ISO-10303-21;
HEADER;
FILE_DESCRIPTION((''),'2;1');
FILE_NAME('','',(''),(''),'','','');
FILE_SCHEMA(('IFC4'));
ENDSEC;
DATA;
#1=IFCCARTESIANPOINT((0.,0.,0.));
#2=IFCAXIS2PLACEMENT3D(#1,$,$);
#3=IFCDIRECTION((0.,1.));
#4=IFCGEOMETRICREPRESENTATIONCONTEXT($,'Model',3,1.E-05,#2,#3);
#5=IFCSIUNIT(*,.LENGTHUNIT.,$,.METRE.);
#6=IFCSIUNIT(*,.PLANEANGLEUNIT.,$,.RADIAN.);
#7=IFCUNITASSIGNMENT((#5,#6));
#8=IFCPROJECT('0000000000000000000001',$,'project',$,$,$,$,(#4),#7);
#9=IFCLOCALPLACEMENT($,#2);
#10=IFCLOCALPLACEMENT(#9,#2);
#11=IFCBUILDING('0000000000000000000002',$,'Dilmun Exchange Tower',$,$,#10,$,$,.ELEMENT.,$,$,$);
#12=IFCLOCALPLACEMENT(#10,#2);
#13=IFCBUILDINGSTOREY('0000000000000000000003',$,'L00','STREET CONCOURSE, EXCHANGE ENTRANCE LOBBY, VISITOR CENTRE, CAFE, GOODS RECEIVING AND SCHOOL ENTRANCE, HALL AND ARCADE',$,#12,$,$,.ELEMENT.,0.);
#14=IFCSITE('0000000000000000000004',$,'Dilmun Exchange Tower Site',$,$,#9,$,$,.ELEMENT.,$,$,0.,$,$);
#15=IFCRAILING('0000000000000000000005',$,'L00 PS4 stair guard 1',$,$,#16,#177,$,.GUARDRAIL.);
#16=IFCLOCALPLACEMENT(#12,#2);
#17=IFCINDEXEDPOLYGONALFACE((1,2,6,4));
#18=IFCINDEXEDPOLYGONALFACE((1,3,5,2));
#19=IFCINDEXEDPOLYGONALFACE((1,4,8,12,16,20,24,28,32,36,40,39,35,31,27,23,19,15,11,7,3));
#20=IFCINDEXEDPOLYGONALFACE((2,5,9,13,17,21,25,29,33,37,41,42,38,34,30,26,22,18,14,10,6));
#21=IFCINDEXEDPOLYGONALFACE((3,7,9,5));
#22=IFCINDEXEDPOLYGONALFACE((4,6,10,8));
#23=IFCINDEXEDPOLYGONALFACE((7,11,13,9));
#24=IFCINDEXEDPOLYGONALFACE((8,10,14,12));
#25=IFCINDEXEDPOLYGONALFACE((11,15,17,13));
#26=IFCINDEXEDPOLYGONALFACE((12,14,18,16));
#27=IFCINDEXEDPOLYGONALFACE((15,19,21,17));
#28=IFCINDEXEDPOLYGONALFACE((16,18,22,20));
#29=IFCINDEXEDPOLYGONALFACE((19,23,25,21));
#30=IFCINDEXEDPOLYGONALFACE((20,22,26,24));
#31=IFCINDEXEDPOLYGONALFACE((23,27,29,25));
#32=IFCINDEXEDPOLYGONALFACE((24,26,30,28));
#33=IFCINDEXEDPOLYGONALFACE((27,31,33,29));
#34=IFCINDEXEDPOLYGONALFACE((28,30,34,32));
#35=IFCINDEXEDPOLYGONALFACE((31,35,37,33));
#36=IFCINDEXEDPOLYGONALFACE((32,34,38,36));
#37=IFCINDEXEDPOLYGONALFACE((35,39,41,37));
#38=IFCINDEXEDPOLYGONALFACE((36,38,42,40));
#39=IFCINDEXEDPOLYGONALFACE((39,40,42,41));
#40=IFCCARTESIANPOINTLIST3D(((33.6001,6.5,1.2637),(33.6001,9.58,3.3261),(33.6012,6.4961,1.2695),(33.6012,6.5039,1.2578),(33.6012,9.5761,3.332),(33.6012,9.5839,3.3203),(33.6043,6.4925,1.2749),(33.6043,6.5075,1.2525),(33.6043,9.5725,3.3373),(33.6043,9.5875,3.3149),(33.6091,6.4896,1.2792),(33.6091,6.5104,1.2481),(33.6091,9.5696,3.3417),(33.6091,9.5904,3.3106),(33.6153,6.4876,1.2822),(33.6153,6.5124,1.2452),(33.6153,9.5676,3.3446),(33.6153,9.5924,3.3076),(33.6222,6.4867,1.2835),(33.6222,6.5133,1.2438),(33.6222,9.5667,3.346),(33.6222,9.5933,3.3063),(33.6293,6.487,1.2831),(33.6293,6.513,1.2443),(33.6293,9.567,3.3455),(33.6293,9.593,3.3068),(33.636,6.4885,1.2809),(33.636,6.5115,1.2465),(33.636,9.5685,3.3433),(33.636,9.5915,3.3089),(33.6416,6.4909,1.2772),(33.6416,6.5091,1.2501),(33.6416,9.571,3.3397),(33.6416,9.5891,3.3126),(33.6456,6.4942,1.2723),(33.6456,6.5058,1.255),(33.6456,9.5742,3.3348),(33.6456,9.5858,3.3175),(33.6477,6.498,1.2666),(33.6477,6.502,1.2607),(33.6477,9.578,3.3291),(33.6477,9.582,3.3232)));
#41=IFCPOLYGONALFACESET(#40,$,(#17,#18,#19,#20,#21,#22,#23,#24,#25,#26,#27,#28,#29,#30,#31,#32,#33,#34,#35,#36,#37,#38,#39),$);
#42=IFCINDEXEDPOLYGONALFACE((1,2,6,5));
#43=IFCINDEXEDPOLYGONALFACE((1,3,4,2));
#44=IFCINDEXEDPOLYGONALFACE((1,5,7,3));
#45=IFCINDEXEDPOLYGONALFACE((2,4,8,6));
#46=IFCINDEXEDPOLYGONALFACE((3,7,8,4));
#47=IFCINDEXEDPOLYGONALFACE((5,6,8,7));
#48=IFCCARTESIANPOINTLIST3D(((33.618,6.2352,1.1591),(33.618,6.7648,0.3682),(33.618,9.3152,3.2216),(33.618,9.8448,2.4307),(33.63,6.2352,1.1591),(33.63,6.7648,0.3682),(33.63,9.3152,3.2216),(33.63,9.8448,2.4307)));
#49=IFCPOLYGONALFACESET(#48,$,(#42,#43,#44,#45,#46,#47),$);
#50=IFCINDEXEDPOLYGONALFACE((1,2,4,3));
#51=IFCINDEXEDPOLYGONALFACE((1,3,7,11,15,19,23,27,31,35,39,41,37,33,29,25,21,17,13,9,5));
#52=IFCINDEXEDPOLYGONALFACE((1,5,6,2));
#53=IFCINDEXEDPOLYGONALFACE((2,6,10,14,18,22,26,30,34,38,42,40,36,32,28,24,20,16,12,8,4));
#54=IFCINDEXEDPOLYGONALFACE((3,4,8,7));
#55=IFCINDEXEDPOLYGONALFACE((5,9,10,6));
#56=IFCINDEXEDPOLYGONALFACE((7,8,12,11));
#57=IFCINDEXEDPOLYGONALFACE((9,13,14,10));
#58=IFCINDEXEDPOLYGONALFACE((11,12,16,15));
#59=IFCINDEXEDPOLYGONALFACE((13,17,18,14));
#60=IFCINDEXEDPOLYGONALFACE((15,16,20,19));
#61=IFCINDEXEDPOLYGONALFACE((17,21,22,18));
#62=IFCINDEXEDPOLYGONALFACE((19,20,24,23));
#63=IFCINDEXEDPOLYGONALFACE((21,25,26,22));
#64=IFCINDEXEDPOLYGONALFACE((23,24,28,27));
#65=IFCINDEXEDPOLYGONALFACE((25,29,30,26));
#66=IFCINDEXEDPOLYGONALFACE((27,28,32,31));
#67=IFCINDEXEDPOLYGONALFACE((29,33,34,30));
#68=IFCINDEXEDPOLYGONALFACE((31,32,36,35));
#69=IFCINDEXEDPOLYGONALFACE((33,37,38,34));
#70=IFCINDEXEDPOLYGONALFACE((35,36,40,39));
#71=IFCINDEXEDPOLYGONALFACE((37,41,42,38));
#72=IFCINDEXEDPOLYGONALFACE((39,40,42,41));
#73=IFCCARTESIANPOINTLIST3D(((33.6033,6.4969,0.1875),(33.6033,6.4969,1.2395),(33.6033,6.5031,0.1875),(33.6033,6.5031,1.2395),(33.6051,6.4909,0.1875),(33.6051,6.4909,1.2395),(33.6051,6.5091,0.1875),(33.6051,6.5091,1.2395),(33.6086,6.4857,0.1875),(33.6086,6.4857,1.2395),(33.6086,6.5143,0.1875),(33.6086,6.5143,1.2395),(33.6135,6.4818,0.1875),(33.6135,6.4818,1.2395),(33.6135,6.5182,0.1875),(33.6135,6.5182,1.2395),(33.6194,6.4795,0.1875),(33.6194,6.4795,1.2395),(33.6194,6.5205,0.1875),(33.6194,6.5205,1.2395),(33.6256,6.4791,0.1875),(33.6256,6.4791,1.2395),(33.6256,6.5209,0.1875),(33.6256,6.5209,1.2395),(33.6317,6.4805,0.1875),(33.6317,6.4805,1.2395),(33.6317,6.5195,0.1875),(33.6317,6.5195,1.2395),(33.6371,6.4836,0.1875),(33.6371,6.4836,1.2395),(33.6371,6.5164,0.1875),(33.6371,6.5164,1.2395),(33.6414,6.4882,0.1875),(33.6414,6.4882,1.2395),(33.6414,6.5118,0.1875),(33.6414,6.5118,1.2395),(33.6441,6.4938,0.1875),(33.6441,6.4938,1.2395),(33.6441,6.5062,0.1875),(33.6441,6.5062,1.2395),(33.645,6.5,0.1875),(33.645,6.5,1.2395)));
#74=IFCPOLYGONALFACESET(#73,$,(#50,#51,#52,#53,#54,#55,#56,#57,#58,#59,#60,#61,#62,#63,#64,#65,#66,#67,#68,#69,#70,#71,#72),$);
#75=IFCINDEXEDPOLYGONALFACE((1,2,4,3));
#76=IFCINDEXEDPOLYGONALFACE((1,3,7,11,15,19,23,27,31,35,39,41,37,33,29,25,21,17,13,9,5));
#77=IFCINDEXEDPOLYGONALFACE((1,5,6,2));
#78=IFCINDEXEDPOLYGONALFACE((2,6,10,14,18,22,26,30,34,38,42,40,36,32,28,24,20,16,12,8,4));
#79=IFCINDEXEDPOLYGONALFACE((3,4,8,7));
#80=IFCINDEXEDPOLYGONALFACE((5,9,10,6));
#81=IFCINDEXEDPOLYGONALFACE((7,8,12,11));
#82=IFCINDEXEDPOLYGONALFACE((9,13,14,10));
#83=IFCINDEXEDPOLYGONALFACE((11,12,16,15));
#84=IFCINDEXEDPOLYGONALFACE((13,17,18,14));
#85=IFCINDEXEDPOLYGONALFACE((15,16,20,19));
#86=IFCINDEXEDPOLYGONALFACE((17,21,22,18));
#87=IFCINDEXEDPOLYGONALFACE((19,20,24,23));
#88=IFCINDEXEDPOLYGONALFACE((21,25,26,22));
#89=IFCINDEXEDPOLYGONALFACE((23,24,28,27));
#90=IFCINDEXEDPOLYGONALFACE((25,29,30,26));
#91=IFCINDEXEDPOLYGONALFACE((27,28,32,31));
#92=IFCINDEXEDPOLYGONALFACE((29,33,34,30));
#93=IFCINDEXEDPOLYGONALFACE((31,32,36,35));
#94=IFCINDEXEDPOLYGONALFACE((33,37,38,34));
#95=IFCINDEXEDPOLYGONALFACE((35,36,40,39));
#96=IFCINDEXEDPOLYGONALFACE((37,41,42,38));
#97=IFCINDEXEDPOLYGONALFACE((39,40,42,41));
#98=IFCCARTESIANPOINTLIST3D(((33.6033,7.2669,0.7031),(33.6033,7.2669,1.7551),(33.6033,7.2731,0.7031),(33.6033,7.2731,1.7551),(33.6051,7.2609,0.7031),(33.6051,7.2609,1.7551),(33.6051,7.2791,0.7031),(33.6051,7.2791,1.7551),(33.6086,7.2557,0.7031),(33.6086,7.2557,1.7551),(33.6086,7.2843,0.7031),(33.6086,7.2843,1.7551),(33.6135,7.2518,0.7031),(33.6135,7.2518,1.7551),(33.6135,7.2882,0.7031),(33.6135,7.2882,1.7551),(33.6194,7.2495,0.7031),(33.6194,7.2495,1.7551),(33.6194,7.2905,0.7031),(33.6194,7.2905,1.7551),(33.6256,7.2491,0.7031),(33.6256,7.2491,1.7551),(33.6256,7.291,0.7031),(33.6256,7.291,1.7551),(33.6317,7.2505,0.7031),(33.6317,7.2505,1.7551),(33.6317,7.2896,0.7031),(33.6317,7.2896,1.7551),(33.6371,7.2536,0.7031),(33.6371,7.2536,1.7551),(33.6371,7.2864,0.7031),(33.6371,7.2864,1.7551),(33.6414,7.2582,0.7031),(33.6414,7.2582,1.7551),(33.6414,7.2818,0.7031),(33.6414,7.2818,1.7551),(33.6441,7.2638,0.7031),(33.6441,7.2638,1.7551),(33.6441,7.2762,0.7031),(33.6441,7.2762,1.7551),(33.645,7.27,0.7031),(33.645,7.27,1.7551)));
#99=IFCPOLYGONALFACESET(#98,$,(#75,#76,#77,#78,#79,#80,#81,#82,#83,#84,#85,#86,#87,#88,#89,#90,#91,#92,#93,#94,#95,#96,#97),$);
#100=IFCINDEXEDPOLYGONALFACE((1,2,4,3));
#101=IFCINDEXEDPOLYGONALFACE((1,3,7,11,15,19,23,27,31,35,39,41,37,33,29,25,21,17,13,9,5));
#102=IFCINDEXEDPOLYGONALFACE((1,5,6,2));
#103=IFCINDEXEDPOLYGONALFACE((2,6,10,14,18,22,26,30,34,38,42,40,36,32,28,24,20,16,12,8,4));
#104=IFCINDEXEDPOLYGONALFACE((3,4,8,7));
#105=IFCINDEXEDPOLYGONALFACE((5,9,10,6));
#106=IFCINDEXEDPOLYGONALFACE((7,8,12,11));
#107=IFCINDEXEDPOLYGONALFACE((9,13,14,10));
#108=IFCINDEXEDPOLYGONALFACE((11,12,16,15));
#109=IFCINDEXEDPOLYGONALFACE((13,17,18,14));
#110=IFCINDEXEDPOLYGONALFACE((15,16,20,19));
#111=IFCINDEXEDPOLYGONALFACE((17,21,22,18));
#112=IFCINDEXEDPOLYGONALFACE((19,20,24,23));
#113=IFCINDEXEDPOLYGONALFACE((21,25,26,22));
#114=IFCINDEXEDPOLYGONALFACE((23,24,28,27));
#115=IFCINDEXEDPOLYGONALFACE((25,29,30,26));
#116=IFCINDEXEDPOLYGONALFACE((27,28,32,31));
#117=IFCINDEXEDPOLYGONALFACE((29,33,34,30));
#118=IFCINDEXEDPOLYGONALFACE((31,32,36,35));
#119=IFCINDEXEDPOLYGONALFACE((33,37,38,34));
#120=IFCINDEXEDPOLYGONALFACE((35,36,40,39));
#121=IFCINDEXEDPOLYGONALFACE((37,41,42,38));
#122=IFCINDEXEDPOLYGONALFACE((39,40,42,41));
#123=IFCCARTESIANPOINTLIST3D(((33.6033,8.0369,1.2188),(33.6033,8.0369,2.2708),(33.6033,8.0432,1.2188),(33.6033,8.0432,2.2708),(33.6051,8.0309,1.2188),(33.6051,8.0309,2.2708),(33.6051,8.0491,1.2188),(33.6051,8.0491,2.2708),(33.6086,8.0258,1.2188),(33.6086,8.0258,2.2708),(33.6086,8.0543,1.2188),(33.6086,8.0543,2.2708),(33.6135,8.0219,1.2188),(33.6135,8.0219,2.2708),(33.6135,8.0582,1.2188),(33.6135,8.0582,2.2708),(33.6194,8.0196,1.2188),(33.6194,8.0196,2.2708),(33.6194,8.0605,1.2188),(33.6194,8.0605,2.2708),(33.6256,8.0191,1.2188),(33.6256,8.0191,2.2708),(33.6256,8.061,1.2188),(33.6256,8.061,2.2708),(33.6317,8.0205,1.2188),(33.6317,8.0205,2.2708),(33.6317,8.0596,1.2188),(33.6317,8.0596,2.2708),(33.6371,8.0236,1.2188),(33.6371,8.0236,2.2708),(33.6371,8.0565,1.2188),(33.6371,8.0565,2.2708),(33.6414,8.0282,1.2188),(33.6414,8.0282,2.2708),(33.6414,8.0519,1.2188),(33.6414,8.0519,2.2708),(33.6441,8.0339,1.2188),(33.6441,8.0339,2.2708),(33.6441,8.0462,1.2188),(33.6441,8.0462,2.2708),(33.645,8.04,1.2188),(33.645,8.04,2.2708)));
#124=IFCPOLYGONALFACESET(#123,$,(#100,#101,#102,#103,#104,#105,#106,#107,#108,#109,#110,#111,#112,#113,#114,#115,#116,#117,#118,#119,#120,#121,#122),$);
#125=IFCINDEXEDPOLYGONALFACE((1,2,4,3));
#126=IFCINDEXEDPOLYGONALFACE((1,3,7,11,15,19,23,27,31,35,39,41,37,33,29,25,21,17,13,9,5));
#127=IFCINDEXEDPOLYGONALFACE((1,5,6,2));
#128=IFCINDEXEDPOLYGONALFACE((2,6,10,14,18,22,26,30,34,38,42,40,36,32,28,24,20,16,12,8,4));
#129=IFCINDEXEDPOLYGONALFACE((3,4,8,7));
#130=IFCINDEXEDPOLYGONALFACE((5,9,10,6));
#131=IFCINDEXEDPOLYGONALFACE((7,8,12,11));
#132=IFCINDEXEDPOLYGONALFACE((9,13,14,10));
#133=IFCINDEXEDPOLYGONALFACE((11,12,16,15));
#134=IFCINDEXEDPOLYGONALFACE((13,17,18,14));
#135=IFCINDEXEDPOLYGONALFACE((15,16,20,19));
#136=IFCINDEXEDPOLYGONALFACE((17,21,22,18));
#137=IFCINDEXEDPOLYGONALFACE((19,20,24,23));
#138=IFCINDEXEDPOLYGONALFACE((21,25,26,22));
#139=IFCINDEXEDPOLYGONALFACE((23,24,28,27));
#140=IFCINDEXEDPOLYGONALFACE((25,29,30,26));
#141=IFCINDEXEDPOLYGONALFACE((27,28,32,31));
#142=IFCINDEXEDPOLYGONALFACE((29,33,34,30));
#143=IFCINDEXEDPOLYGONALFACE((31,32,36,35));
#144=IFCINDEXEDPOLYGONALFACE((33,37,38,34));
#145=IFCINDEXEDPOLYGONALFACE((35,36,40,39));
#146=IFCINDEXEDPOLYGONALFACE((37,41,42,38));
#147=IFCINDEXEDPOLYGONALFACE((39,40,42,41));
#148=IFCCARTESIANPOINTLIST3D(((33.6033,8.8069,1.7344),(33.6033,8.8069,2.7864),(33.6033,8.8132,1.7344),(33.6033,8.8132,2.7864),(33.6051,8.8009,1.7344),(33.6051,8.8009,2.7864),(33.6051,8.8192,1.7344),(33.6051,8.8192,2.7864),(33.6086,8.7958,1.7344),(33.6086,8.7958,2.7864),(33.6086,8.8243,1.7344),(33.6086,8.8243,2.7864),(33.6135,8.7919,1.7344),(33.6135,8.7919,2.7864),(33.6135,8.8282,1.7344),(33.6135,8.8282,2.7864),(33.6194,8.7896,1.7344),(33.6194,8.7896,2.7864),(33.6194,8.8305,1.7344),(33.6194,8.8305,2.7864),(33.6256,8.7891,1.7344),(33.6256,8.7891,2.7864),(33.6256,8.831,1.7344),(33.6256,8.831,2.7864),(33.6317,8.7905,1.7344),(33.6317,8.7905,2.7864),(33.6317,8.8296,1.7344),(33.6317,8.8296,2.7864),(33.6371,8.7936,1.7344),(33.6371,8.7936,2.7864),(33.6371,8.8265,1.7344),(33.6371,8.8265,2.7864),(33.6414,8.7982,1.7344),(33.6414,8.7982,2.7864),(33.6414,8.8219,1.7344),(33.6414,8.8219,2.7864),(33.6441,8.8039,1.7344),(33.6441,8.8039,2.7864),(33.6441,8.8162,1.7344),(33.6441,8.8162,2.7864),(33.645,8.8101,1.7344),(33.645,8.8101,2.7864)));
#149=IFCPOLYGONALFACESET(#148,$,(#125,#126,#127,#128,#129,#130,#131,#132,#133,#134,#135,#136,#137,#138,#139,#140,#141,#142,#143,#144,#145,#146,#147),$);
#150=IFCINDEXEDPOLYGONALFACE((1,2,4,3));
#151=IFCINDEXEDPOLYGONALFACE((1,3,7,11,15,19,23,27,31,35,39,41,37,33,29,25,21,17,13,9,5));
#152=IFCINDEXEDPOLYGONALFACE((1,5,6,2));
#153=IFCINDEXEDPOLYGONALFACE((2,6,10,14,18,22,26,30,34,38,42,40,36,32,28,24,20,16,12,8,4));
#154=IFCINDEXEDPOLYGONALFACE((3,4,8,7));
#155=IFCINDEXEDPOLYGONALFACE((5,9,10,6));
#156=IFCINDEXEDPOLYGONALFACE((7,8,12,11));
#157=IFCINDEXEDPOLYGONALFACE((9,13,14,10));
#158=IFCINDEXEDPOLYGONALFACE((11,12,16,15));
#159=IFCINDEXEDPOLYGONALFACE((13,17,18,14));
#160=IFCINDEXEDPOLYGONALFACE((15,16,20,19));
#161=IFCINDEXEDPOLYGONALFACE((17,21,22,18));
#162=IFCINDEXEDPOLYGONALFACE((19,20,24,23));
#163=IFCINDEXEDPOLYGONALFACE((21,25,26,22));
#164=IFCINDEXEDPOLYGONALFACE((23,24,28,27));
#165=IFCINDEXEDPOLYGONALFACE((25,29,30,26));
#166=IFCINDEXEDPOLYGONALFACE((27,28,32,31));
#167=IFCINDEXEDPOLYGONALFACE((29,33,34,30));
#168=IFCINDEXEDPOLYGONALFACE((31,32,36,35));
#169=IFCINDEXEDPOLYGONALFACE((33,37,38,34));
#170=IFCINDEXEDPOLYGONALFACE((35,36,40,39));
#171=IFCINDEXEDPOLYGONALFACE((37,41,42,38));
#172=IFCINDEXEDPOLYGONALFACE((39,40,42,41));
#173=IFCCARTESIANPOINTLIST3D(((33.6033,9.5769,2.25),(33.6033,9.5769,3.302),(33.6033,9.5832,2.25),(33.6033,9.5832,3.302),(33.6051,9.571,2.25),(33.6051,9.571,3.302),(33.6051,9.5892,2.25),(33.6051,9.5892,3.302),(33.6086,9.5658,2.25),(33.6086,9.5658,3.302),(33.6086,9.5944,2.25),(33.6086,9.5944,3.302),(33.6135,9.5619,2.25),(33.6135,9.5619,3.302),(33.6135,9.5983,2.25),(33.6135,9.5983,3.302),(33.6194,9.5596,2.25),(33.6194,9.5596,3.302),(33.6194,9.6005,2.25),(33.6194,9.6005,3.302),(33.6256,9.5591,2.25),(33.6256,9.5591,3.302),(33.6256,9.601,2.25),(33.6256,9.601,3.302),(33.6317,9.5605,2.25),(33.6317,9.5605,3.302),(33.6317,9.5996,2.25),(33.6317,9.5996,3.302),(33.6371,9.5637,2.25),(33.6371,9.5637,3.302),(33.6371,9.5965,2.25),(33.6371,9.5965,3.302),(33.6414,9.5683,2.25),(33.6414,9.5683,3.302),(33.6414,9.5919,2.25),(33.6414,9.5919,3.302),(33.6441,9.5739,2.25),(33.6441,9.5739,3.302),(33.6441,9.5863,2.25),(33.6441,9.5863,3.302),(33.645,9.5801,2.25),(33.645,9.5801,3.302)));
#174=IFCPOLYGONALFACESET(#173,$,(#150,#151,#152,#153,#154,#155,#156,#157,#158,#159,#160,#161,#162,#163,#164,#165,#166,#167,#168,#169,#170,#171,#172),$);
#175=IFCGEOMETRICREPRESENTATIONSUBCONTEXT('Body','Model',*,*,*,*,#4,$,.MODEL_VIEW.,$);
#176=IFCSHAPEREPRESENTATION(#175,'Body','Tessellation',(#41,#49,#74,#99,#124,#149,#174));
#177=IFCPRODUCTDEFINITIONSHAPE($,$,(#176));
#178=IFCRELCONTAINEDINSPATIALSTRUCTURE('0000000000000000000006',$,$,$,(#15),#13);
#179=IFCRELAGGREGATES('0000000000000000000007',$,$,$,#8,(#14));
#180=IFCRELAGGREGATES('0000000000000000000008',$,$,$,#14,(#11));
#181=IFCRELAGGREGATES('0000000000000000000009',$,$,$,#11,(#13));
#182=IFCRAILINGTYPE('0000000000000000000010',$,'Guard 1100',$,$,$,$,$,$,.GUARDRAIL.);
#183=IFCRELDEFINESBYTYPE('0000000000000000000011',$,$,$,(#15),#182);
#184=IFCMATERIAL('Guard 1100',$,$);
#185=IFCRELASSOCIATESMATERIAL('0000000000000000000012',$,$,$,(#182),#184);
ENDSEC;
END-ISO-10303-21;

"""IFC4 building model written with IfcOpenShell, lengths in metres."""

from ifc_helpers import new_model, si_unit, direction, frame, origin, origin_2d, place, context, subcontext, project, spatial, rectangle, circle, extrude, material, type_object, element, save


model = new_model("IFC4")

# Units and contexts
model_context = context("Model", 3, precision=1e-05, world=origin(), true_north=direction((0.0, 1.0)))
body_context = subcontext(model_context, "Body", "Model", "MODEL_VIEW")
ifc_project = project(units=[si_unit("LENGTHUNIT", "METRE"), si_unit("PLANEANGLEUNIT", "RADIAN")], contexts=[model_context])

# Site, building, storey
site_placement = place(None, origin())
site = spatial("IfcSite", under=ifc_project, at=site_placement, Name="Dilmun Exchange Tower Site", CompositionType="ELEMENT", RefElevation=0.0)
building_placement = place(site_placement, origin())
building = spatial("IfcBuilding", under=site, at=building_placement, Name="Dilmun Exchange Tower", CompositionType="ELEMENT")
storey_placement = place(building_placement, origin())
storey = spatial("IfcBuildingStorey", under=building, at=storey_placement, Name="L00", Description="STREET CONCOURSE, EXCHANGE ENTRANCE LOBBY, VISITOR CENTRE, CAFE, GOODS RECEIVING AND SCHOOL ENTRANCE, HALL AND ARCADE", CompositionType="ELEMENT", Elevation=0.0)

# Railing
ifc_material_1 = material(Name="Guard 1100")
railing_type_1 = type_object("IfcRailingType", Name="Guard 1100", PredefinedType="GUARDRAIL", material=ifc_material_1)
railing_1_placement = place(storey_placement, frame((33.624, 6.5, 0.1875)))
element("IfcRailing", 1, at=railing_1_placement, inside=storey, type_object=railing_type_1, Name="L00 PS4 stair guard 1", PredefinedType="GUARDRAIL", context=body_context, shape_type="SweptSolid", body=[
    extrude(circle(Radius=0.0239, at=origin_2d()), frame((0.0, 0.0, 1.0762), z_axis=(0.0, 0.830914, 0.556401), x_axis=(-1.0, 0.0, 0.0)), (0.0, 0.0, 1.0), 3.7068),
    extrude(rectangle(XDim=0.012, YDim=0.9519, at=origin_2d()), frame((0.0, 0.0, 0.5762), z_axis=(0.0, 0.830914, 0.556401), x_axis=(-1.0, 0.0, 0.0)), (0.0, 0.0, 1.0), 3.7068),
    extrude(circle(Radius=0.021, at=origin_2d()), origin(), (0.0, 0.0, 1.0), 1.052),
    extrude(circle(Radius=0.021, at=origin_2d()), frame((0.0, 0.77, 0.5156)), (0.0, 0.0, 1.0), 1.052),
    extrude(circle(Radius=0.021, at=origin_2d()), frame((0.0, 1.54, 1.0312)), (0.0, 0.0, 1.0), 1.052),
    extrude(circle(Radius=0.021, at=origin_2d()), frame((0.0, 2.3101, 1.5469)), (0.0, 0.0, 1.0), 1.052),
    extrude(circle(Radius=0.021, at=origin_2d()), frame((0.0, 3.0801, 2.0625)), (0.0, 0.0, 1.0), 1.052),
])

save(model, "model.ifc")
